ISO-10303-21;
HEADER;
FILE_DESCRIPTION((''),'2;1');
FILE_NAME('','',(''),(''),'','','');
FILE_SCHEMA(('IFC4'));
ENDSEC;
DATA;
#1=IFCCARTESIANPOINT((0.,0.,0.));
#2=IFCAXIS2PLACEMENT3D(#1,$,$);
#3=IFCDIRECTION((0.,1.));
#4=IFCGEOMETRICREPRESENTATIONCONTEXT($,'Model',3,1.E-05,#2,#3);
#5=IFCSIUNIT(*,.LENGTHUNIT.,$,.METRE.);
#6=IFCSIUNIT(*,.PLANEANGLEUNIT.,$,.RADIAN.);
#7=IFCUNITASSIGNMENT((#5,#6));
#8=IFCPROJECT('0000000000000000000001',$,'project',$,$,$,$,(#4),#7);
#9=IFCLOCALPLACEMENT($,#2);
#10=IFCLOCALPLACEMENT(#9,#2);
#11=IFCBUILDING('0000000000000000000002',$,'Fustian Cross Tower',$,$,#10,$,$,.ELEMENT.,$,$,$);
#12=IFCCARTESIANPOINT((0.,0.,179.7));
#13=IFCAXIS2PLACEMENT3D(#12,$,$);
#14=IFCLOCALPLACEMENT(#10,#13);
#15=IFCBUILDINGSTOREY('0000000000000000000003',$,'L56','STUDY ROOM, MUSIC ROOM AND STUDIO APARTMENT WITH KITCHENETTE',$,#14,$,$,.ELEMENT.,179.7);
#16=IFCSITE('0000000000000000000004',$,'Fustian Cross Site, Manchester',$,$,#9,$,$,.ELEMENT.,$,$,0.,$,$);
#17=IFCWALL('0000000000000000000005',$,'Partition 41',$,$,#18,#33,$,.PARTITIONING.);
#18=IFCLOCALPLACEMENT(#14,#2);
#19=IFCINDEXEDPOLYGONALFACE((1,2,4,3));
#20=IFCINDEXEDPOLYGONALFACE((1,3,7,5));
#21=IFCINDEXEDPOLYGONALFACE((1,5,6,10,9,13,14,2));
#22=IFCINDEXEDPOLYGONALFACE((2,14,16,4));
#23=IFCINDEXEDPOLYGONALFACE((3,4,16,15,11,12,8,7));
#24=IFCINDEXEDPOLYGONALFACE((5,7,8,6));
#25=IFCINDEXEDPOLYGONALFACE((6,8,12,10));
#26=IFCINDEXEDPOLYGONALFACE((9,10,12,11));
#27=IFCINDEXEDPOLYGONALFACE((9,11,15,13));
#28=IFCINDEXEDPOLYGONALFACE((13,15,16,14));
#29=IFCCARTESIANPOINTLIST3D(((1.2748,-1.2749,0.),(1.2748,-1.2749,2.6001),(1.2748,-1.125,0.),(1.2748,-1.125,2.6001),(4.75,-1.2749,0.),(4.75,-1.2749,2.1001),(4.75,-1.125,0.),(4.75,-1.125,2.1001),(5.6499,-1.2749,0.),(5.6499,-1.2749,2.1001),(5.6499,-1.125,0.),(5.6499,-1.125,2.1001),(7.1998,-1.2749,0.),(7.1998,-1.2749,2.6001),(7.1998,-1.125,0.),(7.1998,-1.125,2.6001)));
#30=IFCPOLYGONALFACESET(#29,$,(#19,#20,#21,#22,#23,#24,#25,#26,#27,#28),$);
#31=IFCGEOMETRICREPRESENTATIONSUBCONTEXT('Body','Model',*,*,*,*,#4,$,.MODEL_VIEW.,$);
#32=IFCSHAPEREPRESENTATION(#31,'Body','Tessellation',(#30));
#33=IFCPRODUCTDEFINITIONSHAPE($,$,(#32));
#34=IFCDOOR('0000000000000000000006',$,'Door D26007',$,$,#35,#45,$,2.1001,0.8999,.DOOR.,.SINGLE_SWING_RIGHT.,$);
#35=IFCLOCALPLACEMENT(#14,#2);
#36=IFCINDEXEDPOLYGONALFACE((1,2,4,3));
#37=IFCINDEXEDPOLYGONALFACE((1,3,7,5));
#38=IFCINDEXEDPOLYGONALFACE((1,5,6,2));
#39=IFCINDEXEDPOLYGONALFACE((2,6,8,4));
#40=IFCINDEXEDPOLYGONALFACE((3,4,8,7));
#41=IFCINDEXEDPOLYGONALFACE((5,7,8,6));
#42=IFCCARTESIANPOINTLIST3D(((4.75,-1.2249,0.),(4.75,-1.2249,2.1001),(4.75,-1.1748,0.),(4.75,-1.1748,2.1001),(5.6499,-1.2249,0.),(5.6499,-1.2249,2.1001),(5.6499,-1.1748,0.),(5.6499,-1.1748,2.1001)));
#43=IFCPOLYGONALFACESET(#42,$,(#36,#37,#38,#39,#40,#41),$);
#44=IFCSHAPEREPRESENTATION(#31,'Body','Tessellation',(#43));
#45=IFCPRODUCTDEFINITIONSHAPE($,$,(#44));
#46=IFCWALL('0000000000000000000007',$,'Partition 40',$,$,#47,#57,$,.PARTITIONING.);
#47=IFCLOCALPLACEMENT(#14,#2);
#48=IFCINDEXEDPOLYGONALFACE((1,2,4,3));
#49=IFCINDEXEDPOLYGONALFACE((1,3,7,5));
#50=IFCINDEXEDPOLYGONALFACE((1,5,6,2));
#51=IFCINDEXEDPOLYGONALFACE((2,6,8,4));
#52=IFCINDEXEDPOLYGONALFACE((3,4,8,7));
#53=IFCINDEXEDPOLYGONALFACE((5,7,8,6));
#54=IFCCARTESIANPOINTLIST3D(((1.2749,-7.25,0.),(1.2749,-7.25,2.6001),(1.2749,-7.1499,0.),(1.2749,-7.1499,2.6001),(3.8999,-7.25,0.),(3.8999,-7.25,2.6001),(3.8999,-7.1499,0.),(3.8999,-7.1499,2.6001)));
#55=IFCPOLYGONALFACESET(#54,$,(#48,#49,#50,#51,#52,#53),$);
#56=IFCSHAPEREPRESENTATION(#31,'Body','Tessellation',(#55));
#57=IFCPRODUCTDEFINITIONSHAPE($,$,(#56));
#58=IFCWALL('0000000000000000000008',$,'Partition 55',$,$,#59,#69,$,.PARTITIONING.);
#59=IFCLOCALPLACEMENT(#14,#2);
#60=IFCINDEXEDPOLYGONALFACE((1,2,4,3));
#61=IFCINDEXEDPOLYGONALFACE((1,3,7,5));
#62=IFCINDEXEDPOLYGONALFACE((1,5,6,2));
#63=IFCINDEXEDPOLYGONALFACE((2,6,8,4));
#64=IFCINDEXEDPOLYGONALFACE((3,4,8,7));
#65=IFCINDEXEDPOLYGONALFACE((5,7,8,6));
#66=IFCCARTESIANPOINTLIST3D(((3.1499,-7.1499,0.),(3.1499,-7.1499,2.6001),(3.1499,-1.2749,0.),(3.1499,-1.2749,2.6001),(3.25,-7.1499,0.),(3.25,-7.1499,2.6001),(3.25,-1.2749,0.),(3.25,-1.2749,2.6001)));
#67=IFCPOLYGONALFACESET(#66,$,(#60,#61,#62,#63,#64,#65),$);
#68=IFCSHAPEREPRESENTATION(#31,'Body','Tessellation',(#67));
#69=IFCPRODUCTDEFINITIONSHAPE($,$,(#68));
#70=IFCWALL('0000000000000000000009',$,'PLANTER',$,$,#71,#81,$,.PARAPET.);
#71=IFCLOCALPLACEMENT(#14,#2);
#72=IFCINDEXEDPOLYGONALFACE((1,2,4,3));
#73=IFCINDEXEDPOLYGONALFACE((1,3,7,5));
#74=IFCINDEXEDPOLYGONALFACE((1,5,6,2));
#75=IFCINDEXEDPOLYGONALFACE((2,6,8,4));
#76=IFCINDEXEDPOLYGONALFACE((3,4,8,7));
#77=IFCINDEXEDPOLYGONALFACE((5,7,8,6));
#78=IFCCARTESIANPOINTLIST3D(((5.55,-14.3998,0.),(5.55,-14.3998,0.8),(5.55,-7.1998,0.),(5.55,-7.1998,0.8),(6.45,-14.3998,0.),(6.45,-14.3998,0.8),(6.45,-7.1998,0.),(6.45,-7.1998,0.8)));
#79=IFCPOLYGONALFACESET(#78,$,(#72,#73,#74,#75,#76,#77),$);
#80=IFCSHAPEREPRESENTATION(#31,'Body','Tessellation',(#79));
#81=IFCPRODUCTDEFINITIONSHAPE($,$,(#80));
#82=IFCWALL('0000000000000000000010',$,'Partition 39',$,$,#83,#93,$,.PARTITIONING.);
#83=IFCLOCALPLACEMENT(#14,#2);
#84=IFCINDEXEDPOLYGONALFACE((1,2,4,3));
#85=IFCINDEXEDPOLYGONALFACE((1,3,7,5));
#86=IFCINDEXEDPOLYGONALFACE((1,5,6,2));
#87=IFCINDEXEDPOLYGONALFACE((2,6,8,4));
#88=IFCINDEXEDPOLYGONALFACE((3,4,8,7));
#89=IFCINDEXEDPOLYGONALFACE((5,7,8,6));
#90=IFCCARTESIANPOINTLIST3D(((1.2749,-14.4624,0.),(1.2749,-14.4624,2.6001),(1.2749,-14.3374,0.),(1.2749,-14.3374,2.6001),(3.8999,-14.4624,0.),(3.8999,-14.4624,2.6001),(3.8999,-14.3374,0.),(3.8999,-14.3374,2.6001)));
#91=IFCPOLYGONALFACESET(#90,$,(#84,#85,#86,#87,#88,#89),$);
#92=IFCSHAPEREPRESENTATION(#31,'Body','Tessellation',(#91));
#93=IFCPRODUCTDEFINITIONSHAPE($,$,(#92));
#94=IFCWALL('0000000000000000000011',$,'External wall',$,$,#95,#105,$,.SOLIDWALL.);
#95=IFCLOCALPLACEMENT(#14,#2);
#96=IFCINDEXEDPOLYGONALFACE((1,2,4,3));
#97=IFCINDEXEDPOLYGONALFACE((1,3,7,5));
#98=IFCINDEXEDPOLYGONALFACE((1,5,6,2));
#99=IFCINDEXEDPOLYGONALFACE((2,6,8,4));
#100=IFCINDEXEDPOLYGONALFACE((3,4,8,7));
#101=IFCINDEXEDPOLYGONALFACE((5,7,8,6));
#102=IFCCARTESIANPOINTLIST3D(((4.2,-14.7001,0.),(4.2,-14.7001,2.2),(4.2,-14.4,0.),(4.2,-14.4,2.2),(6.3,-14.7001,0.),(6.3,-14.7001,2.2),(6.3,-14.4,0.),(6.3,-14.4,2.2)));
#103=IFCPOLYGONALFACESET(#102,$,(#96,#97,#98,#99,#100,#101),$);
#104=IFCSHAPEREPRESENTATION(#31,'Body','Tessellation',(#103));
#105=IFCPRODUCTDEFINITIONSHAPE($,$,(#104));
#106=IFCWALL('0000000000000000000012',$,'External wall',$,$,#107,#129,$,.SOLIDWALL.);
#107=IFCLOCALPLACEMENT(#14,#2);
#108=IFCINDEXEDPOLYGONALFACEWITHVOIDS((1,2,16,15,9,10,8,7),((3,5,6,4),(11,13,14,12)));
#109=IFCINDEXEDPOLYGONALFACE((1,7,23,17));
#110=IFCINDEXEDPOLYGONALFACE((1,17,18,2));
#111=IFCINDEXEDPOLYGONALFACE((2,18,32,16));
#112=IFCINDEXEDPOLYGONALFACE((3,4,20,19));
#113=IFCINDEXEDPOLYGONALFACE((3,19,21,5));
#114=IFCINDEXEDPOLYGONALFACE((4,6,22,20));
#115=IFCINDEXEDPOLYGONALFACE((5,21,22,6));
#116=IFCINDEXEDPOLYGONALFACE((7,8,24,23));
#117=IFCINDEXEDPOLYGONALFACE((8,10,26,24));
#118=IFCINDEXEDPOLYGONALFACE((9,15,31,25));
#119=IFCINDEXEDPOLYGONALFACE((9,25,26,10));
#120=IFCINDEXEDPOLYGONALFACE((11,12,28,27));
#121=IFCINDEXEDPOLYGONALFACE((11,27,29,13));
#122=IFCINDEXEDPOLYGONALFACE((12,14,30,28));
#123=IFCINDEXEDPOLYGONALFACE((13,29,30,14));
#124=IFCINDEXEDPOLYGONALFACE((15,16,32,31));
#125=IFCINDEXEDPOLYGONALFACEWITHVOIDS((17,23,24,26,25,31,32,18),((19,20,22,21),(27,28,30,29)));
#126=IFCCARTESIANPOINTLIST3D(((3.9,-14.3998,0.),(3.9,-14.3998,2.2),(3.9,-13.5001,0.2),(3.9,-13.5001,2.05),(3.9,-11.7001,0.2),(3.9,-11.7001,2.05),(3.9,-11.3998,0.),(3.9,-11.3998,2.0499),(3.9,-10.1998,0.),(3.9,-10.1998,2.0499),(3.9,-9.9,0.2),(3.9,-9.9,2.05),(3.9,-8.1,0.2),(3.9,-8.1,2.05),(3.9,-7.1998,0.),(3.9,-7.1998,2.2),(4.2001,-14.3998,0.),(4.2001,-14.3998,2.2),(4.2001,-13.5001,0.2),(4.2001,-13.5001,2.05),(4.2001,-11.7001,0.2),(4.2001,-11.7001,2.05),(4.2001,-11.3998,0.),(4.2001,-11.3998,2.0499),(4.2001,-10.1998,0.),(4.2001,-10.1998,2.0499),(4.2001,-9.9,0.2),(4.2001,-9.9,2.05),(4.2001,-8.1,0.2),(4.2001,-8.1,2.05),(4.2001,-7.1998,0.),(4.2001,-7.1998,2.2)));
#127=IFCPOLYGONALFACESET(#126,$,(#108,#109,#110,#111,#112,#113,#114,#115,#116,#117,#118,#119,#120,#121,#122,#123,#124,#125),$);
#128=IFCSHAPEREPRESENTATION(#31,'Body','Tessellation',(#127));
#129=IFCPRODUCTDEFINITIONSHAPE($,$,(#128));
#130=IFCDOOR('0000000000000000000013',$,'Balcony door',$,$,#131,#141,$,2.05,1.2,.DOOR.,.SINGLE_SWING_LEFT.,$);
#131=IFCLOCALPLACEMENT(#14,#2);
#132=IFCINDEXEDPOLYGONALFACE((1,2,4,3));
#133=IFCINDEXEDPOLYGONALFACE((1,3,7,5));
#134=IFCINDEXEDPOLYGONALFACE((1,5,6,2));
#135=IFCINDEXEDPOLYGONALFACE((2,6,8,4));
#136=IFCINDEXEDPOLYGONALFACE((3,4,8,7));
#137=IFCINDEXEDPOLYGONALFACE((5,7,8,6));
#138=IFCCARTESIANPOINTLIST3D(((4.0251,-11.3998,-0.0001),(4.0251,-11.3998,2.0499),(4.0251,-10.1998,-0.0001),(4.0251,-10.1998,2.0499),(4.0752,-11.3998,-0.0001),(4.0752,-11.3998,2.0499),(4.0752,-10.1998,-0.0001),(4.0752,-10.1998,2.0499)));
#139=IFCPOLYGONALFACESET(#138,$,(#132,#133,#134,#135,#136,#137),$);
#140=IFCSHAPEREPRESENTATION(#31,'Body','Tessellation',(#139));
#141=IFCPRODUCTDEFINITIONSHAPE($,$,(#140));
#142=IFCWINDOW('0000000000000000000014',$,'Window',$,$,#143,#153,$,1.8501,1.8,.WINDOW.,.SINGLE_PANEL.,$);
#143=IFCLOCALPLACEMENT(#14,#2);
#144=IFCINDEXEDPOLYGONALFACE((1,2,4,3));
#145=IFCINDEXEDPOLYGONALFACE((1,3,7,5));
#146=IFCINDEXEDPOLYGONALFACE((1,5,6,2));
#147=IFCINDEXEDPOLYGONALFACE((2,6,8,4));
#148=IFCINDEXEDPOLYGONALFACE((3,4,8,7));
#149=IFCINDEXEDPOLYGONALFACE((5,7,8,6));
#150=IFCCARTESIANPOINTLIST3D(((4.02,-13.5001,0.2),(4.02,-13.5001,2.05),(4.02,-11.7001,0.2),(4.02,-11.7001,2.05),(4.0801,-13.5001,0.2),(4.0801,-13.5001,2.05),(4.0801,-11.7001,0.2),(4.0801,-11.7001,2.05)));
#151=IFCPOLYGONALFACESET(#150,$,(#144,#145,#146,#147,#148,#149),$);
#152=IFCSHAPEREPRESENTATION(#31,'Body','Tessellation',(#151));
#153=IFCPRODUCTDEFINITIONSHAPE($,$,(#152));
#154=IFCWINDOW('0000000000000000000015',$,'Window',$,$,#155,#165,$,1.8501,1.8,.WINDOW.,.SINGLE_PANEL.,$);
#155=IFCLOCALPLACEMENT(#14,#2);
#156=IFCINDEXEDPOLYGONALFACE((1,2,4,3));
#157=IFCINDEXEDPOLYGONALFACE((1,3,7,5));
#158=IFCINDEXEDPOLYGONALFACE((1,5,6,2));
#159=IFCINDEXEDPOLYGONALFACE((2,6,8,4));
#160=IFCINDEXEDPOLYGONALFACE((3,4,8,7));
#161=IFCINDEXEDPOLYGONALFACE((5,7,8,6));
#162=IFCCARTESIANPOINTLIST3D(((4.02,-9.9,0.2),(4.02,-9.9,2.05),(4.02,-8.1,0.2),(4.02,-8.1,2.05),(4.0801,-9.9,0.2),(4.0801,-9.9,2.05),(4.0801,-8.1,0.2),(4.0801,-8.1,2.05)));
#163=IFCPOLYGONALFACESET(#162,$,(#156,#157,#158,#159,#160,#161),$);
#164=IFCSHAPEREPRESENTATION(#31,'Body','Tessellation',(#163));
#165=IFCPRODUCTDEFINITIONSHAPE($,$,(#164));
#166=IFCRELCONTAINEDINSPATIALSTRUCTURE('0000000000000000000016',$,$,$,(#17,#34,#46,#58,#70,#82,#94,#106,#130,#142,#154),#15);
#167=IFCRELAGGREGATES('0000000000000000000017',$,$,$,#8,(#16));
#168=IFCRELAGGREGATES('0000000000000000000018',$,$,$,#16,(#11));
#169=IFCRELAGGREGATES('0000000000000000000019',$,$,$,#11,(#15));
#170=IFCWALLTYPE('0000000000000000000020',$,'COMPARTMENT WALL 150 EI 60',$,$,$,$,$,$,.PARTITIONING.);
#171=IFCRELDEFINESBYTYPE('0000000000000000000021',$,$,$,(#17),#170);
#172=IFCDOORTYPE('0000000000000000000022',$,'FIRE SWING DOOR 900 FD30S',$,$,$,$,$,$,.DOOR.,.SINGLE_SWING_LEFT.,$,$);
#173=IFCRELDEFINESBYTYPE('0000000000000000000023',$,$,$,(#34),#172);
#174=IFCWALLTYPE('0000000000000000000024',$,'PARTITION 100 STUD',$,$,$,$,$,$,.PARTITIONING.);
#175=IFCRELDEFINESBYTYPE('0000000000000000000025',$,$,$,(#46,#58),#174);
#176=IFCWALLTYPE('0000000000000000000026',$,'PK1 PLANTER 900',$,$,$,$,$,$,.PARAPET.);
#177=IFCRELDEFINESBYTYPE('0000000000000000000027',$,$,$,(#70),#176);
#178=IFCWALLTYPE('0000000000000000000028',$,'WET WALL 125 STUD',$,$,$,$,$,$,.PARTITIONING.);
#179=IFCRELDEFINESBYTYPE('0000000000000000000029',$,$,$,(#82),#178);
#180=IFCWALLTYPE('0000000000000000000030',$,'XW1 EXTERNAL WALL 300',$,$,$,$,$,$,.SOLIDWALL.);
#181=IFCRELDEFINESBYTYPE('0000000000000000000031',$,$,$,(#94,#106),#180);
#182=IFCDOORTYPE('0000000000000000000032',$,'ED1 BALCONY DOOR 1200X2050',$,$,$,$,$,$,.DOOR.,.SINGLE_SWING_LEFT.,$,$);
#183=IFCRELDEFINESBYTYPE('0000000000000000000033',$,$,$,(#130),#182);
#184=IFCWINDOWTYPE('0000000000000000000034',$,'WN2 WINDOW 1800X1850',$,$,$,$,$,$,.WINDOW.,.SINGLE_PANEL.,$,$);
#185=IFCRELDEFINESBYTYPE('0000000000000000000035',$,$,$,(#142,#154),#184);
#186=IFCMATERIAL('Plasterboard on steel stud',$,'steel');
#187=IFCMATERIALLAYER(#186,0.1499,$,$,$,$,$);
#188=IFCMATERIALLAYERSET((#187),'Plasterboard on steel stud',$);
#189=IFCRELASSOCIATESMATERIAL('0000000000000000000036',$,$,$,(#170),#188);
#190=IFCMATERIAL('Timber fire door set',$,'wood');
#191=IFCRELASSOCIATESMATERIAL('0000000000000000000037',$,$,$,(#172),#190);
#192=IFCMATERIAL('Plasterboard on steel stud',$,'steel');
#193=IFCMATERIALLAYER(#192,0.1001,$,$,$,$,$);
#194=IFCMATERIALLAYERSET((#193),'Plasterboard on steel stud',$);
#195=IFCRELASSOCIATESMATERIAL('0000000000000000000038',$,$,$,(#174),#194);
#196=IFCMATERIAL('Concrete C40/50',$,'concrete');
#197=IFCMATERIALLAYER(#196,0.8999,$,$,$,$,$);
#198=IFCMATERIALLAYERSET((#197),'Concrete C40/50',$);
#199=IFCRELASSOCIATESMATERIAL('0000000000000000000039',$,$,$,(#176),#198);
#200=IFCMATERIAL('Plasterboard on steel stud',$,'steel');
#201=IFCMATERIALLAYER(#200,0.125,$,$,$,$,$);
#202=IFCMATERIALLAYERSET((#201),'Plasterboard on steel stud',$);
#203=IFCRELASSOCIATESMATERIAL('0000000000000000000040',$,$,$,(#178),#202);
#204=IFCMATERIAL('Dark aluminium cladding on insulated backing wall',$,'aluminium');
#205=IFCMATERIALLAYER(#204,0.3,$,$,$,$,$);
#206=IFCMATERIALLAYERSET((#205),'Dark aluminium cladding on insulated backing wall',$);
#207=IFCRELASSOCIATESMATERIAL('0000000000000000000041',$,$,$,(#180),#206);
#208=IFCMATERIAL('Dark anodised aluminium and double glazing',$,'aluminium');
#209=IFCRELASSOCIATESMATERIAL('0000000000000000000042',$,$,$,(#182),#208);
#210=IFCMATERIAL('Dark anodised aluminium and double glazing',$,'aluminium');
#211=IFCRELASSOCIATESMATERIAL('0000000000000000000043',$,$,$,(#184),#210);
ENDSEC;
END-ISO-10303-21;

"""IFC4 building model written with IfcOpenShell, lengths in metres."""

from ifc_helpers import new_model, si_unit, direction, frame, frame_2d, origin, place, context, subcontext, project, spatial, rectangle, extrude, material, layer, layer_set, type_object, element, fill, save


model = new_model("IFC4")

# Units and contexts
model_context = context("Model", 3, precision=1e-05, world=origin(), true_north=direction((0.0, 1.0)))
body_context = subcontext(model_context, "Body", "Model", "MODEL_VIEW")
ifc_project = project(units=[si_unit("LENGTHUNIT", "METRE"), si_unit("PLANEANGLEUNIT", "RADIAN")], contexts=[model_context])

# Site, building, storey
site_placement = place(None, origin())
site = spatial("IfcSite", under=ifc_project, at=site_placement, Name="Fustian Cross Site, Manchester", CompositionType="ELEMENT", RefElevation=0.0)
building_placement = place(site_placement, origin())
building = spatial("IfcBuilding", under=site, at=building_placement, Name="Fustian Cross Tower", CompositionType="ELEMENT")
storey_placement = place(building_placement, frame((0.0, 0.0, 179.7)))
storey = spatial("IfcBuildingStorey", under=building, at=storey_placement, Name="L56", Description="STUDY ROOM, MUSIC ROOM AND STUDIO APARTMENT WITH KITCHENETTE", CompositionType="ELEMENT", Elevation=179.7)

# Wall, opening, door
ifc_material_1 = material(Name="Plasterboard on steel stud", Category="steel")
ifc_layer_1 = layer(ifc_material_1, 0.1499)
ifc_layer_set_1 = layer_set([ifc_layer_1], Name="Plasterboard on steel stud")
wall_type_1 = type_object("IfcWallType", Name="COMPARTMENT WALL 150 EI 60", PredefinedType="PARTITIONING", material=ifc_layer_set_1)
wall_1_placement = place(storey_placement, frame((1.2749, -1.2, 0.0), z_axis=(0.0, 0.0, 1.0), x_axis=(1.0, 0.0, 0.0)))
wall_1 = element("IfcWall", 1, at=wall_1_placement, inside=storey, type_object=wall_type_1, Name="Partition 41", PredefinedType="PARTITIONING", context=body_context, shape_type="SweptSolid", body=[
    extrude(rectangle(XDim=5.925, YDim=0.1499, at=frame_2d((2.9624, 0.0))), origin(), (0.0, 0.0, 1.0), 2.6001),
])
opening_1_placement = place(wall_1_placement, frame((3.4751, 0.0, 0.0)))
opening_1 = element("IfcOpeningElement", 2, at=opening_1_placement, cuts=wall_1, PredefinedType="OPENING", context=body_context, shape_type="SweptSolid", body=[
    extrude(rectangle(XDim=0.8999, YDim=2.1001, at=frame_2d((0.45, 1.05))), frame((0.0, 0.085, 0.0), z_axis=(0.0, -1.0, 0.0), x_axis=(1.0, 0.0, 0.0)), (0.0, 0.0, 1.0), 0.1699),
])
ifc_material_2 = material(Name="Timber fire door set", Category="wood")
door_type_1 = type_object("IfcDoorType", Name="FIRE SWING DOOR 900 FD30S", OperationType="SINGLE_SWING_LEFT", PredefinedType="DOOR", material=ifc_material_2)
door_1_placement = place(opening_1_placement, frame((0.8999, 0.0, 0.0), z_axis=(0.0, 0.0, 1.0), x_axis=(-1.0, 0.0, 0.0)))
door_1 = element("IfcDoor", 3, at=door_1_placement, inside=storey, type_object=door_type_1, Name="Door D26007", OperationType="SINGLE_SWING_RIGHT", OverallHeight=2.1001, OverallWidth=0.8999, PredefinedType="DOOR", context=body_context, shape_type="SweptSolid", body=[
    extrude(rectangle(XDim=0.8999, YDim=2.1001, at=frame_2d((0.45, 1.05))), frame((0.0, 0.0249, 0.0), z_axis=(0.0, -1.0, 0.0), x_axis=(1.0, 0.0, 0.0)), (0.0, 0.0, 1.0), 0.05),
])
fill(opening_1, door_1)

# Walls
ifc_material_3 = material(Name="Plasterboard on steel stud", Category="steel")
ifc_layer_2 = layer(ifc_material_3, 0.1001)
ifc_layer_set_2 = layer_set([ifc_layer_2], Name="Plasterboard on steel stud")
wall_type_2 = type_object("IfcWallType", Name="PARTITION 100 STUD", PredefinedType="PARTITIONING", material=ifc_layer_set_2)
wall_2_placement = place(storey_placement, frame((1.2749, -7.2, 0.0), z_axis=(0.0, 0.0, 1.0), x_axis=(1.0, 0.0, 0.0)))
element("IfcWall", 4, at=wall_2_placement, inside=storey, type_object=wall_type_2, Name="Partition 40", PredefinedType="PARTITIONING", context=body_context, shape_type="SweptSolid", body=[
    extrude(rectangle(XDim=2.625, YDim=0.1001, at=frame_2d((1.3125, 0.0))), origin(), (0.0, 0.0, 1.0), 2.6001),
])
wall_3_placement = place(storey_placement, frame((3.2, -7.1499, 0.0), z_axis=(0.0, 0.0, 1.0), x_axis=(0.0, 1.0, 0.0)))
element("IfcWall", 5, at=wall_3_placement, inside=storey, type_object=wall_type_2, Name="Partition 55", PredefinedType="PARTITIONING", context=body_context, shape_type="SweptSolid", body=[
    extrude(rectangle(XDim=5.875, YDim=0.1001, at=frame_2d((2.9375, 0.0))), origin(), (0.0, 0.0, 1.0), 2.6001),
])
ifc_material_4 = material(Name="Concrete C40/50", Category="concrete")
ifc_layer_3 = layer(ifc_material_4, 0.8999)
ifc_layer_set_3 = layer_set([ifc_layer_3], Name="Concrete C40/50")
wall_type_3 = type_object("IfcWallType", Name="PK1 PLANTER 900", PredefinedType="PARAPET", material=ifc_layer_set_3)
wall_4_placement = place(storey_placement, frame((6.0, -14.3999, 0.0), z_axis=(0.0, 0.0, 1.0), x_axis=(0.0, 1.0, 0.0)))
element("IfcWall", 6, at=wall_4_placement, inside=storey, type_object=wall_type_3, Name="PLANTER", PredefinedType="PARAPET", context=body_context, shape_type="SweptSolid", body=[
    extrude(rectangle(XDim=7.2, YDim=0.8999, at=frame_2d((3.6001, 0.0))), origin(), (0.0, 0.0, 1.0), 0.8),
])
ifc_material_5 = material(Name="Plasterboard on steel stud", Category="steel")
ifc_layer_4 = layer(ifc_material_5, 0.125)
ifc_layer_set_4 = layer_set([ifc_layer_4], Name="Plasterboard on steel stud")
wall_type_4 = type_object("IfcWallType", Name="WET WALL 125 STUD", PredefinedType="PARTITIONING", material=ifc_layer_set_4)
wall_5_placement = place(storey_placement, frame((1.2749, -14.3999, 0.0), z_axis=(0.0, 0.0, 1.0), x_axis=(1.0, 0.0, 0.0)))
element("IfcWall", 7, at=wall_5_placement, inside=storey, type_object=wall_type_4, Name="Partition 39", PredefinedType="PARTITIONING", context=body_context, shape_type="SweptSolid", body=[
    extrude(rectangle(XDim=2.625, YDim=0.125, at=frame_2d((1.3125, 0.0))), origin(), (0.0, 0.0, 1.0), 2.6001),
])
ifc_material_6 = material(Name="Dark aluminium cladding on insulated backing wall", Category="aluminium")
ifc_layer_5 = layer(ifc_material_6, 0.3)
ifc_layer_set_5 = layer_set([ifc_layer_5], Name="Dark aluminium cladding on insulated backing wall")
wall_type_5 = type_object("IfcWallType", Name="XW1 EXTERNAL WALL 300", PredefinedType="SOLIDWALL", material=ifc_layer_set_5)
wall_6_placement = place(storey_placement, frame((6.3, -14.55, 0.0), z_axis=(0.0, 0.0, 1.0), x_axis=(-1.0, 0.0, 0.0)))
element("IfcWall", 8, at=wall_6_placement, inside=storey, type_object=wall_type_5, Name="External wall", PredefinedType="SOLIDWALL", context=body_context, shape_type="SweptSolid", body=[
    extrude(rectangle(XDim=2.1001, YDim=0.3, at=frame_2d((1.05, 0.0))), origin(), (0.0, 0.0, 1.0), 2.2),
])

# Wall, openings, door, windows
wall_7_placement = place(storey_placement, frame((4.05, -14.3999, 0.0), z_axis=(0.0, 0.0, 1.0), x_axis=(0.0, 1.0, 0.0)))
wall_7 = element("IfcWall", 9, at=wall_7_placement, inside=storey, type_object=wall_type_5, Name="External wall", PredefinedType="SOLIDWALL", context=body_context, shape_type="SweptSolid", body=[
    extrude(rectangle(XDim=7.2, YDim=0.3, at=frame_2d((3.6001, 0.0))), origin(), (0.0, 0.0, 1.0), 2.2),
])
opening_2_placement = place(wall_7_placement, frame((3.0, 0.0, 0.0)))
opening_2 = element("IfcOpeningElement", 10, at=opening_2_placement, cuts=wall_7, PredefinedType="OPENING", context=body_context, shape_type="SweptSolid", body=[
    extrude(rectangle(XDim=1.2, YDim=2.05, at=frame_2d((0.6001, 1.0249))), frame((0.0, 0.1599, 0.0), z_axis=(0.0, -1.0, 0.0), x_axis=(1.0, 0.0, 0.0)), (0.0, 0.0, 1.0), 0.3201),
])
opening_3_placement = place(wall_7_placement, frame((0.8999, 0.0, 0.2)))
opening_3 = element("IfcOpeningElement", 11, at=opening_3_placement, cuts=wall_7, PredefinedType="OPENING", context=body_context, shape_type="SweptSolid", body=[
    extrude(rectangle(XDim=1.8, YDim=1.8501, at=frame_2d((0.8999, 0.925))), frame((0.0, 0.1599, 0.0), z_axis=(0.0, -1.0, 0.0), x_axis=(1.0, 0.0, 0.0)), (0.0, 0.0, 1.0), 0.3201),
])
opening_4_placement = place(wall_7_placement, frame((4.5, 0.0, 0.2)))
opening_4 = element("IfcOpeningElement", 12, at=opening_4_placement, cuts=wall_7, PredefinedType="OPENING", context=body_context, shape_type="SweptSolid", body=[
    extrude(rectangle(XDim=1.8, YDim=1.8501, at=frame_2d((0.8999, 0.925))), frame((0.0, 0.1599, 0.0), z_axis=(0.0, -1.0, 0.0), x_axis=(1.0, 0.0, 0.0)), (0.0, 0.0, 1.0), 0.3201),
])
ifc_material_7 = material(Name="Dark anodised aluminium and double glazing", Category="aluminium")
door_type_2 = type_object("IfcDoorType", Name="ED1 BALCONY DOOR 1200X2050", OperationType="SINGLE_SWING_LEFT", PredefinedType="DOOR", material=ifc_material_7)
door_2_placement = place(opening_2_placement, origin())
door_2 = element("IfcDoor", 13, at=door_2_placement, inside=storey, type_object=door_type_2, Name="Balcony door", OperationType="SINGLE_SWING_LEFT", OverallHeight=2.05, OverallWidth=1.2, PredefinedType="DOOR", context=body_context, shape_type="SweptSolid", body=[
    extrude(rectangle(XDim=1.2, YDim=2.05, at=frame_2d((0.6001, 1.0249))), frame((0.0, 0.0249, 0.0), z_axis=(0.0, -1.0, 0.0), x_axis=(1.0, 0.0, 0.0)), (0.0, 0.0, 1.0), 0.05),
])
fill(opening_2, door_2)
ifc_material_8 = material(Name="Dark anodised aluminium and double glazing", Category="aluminium")
window_type = type_object("IfcWindowType", Name="WN2 WINDOW 1800X1850", PartitioningType="SINGLE_PANEL", PredefinedType="WINDOW", material=ifc_material_8)
window_1_placement = place(opening_3_placement, origin())
window_1 = element("IfcWindow", 14, at=window_1_placement, inside=storey, type_object=window_type, Name="Window", OverallHeight=1.8501, OverallWidth=1.8, PartitioningType="SINGLE_PANEL", PredefinedType="WINDOW", context=body_context, shape_type="SweptSolid", body=[
    extrude(rectangle(XDim=1.8, YDim=1.8501, at=frame_2d((0.8999, 0.925))), frame((0.0, 0.03, 0.0), z_axis=(0.0, -1.0, 0.0), x_axis=(1.0, 0.0, 0.0)), (0.0, 0.0, 1.0), 0.0601),
])
fill(opening_3, window_1)
window_2_placement = place(opening_4_placement, origin())
window_2 = element("IfcWindow", 15, at=window_2_placement, inside=storey, type_object=window_type, Name="Window", OverallHeight=1.8501, OverallWidth=1.8, PartitioningType="SINGLE_PANEL", PredefinedType="WINDOW", context=body_context, shape_type="SweptSolid", body=[
    extrude(rectangle(XDim=1.8, YDim=1.8501, at=frame_2d((0.8999, 0.925))), frame((0.0, 0.03, 0.0), z_axis=(0.0, -1.0, 0.0), x_axis=(1.0, 0.0, 0.0)), (0.0, 0.0, 1.0), 0.0601),
])
fill(opening_4, window_2)

save(model, "model.ifc")
